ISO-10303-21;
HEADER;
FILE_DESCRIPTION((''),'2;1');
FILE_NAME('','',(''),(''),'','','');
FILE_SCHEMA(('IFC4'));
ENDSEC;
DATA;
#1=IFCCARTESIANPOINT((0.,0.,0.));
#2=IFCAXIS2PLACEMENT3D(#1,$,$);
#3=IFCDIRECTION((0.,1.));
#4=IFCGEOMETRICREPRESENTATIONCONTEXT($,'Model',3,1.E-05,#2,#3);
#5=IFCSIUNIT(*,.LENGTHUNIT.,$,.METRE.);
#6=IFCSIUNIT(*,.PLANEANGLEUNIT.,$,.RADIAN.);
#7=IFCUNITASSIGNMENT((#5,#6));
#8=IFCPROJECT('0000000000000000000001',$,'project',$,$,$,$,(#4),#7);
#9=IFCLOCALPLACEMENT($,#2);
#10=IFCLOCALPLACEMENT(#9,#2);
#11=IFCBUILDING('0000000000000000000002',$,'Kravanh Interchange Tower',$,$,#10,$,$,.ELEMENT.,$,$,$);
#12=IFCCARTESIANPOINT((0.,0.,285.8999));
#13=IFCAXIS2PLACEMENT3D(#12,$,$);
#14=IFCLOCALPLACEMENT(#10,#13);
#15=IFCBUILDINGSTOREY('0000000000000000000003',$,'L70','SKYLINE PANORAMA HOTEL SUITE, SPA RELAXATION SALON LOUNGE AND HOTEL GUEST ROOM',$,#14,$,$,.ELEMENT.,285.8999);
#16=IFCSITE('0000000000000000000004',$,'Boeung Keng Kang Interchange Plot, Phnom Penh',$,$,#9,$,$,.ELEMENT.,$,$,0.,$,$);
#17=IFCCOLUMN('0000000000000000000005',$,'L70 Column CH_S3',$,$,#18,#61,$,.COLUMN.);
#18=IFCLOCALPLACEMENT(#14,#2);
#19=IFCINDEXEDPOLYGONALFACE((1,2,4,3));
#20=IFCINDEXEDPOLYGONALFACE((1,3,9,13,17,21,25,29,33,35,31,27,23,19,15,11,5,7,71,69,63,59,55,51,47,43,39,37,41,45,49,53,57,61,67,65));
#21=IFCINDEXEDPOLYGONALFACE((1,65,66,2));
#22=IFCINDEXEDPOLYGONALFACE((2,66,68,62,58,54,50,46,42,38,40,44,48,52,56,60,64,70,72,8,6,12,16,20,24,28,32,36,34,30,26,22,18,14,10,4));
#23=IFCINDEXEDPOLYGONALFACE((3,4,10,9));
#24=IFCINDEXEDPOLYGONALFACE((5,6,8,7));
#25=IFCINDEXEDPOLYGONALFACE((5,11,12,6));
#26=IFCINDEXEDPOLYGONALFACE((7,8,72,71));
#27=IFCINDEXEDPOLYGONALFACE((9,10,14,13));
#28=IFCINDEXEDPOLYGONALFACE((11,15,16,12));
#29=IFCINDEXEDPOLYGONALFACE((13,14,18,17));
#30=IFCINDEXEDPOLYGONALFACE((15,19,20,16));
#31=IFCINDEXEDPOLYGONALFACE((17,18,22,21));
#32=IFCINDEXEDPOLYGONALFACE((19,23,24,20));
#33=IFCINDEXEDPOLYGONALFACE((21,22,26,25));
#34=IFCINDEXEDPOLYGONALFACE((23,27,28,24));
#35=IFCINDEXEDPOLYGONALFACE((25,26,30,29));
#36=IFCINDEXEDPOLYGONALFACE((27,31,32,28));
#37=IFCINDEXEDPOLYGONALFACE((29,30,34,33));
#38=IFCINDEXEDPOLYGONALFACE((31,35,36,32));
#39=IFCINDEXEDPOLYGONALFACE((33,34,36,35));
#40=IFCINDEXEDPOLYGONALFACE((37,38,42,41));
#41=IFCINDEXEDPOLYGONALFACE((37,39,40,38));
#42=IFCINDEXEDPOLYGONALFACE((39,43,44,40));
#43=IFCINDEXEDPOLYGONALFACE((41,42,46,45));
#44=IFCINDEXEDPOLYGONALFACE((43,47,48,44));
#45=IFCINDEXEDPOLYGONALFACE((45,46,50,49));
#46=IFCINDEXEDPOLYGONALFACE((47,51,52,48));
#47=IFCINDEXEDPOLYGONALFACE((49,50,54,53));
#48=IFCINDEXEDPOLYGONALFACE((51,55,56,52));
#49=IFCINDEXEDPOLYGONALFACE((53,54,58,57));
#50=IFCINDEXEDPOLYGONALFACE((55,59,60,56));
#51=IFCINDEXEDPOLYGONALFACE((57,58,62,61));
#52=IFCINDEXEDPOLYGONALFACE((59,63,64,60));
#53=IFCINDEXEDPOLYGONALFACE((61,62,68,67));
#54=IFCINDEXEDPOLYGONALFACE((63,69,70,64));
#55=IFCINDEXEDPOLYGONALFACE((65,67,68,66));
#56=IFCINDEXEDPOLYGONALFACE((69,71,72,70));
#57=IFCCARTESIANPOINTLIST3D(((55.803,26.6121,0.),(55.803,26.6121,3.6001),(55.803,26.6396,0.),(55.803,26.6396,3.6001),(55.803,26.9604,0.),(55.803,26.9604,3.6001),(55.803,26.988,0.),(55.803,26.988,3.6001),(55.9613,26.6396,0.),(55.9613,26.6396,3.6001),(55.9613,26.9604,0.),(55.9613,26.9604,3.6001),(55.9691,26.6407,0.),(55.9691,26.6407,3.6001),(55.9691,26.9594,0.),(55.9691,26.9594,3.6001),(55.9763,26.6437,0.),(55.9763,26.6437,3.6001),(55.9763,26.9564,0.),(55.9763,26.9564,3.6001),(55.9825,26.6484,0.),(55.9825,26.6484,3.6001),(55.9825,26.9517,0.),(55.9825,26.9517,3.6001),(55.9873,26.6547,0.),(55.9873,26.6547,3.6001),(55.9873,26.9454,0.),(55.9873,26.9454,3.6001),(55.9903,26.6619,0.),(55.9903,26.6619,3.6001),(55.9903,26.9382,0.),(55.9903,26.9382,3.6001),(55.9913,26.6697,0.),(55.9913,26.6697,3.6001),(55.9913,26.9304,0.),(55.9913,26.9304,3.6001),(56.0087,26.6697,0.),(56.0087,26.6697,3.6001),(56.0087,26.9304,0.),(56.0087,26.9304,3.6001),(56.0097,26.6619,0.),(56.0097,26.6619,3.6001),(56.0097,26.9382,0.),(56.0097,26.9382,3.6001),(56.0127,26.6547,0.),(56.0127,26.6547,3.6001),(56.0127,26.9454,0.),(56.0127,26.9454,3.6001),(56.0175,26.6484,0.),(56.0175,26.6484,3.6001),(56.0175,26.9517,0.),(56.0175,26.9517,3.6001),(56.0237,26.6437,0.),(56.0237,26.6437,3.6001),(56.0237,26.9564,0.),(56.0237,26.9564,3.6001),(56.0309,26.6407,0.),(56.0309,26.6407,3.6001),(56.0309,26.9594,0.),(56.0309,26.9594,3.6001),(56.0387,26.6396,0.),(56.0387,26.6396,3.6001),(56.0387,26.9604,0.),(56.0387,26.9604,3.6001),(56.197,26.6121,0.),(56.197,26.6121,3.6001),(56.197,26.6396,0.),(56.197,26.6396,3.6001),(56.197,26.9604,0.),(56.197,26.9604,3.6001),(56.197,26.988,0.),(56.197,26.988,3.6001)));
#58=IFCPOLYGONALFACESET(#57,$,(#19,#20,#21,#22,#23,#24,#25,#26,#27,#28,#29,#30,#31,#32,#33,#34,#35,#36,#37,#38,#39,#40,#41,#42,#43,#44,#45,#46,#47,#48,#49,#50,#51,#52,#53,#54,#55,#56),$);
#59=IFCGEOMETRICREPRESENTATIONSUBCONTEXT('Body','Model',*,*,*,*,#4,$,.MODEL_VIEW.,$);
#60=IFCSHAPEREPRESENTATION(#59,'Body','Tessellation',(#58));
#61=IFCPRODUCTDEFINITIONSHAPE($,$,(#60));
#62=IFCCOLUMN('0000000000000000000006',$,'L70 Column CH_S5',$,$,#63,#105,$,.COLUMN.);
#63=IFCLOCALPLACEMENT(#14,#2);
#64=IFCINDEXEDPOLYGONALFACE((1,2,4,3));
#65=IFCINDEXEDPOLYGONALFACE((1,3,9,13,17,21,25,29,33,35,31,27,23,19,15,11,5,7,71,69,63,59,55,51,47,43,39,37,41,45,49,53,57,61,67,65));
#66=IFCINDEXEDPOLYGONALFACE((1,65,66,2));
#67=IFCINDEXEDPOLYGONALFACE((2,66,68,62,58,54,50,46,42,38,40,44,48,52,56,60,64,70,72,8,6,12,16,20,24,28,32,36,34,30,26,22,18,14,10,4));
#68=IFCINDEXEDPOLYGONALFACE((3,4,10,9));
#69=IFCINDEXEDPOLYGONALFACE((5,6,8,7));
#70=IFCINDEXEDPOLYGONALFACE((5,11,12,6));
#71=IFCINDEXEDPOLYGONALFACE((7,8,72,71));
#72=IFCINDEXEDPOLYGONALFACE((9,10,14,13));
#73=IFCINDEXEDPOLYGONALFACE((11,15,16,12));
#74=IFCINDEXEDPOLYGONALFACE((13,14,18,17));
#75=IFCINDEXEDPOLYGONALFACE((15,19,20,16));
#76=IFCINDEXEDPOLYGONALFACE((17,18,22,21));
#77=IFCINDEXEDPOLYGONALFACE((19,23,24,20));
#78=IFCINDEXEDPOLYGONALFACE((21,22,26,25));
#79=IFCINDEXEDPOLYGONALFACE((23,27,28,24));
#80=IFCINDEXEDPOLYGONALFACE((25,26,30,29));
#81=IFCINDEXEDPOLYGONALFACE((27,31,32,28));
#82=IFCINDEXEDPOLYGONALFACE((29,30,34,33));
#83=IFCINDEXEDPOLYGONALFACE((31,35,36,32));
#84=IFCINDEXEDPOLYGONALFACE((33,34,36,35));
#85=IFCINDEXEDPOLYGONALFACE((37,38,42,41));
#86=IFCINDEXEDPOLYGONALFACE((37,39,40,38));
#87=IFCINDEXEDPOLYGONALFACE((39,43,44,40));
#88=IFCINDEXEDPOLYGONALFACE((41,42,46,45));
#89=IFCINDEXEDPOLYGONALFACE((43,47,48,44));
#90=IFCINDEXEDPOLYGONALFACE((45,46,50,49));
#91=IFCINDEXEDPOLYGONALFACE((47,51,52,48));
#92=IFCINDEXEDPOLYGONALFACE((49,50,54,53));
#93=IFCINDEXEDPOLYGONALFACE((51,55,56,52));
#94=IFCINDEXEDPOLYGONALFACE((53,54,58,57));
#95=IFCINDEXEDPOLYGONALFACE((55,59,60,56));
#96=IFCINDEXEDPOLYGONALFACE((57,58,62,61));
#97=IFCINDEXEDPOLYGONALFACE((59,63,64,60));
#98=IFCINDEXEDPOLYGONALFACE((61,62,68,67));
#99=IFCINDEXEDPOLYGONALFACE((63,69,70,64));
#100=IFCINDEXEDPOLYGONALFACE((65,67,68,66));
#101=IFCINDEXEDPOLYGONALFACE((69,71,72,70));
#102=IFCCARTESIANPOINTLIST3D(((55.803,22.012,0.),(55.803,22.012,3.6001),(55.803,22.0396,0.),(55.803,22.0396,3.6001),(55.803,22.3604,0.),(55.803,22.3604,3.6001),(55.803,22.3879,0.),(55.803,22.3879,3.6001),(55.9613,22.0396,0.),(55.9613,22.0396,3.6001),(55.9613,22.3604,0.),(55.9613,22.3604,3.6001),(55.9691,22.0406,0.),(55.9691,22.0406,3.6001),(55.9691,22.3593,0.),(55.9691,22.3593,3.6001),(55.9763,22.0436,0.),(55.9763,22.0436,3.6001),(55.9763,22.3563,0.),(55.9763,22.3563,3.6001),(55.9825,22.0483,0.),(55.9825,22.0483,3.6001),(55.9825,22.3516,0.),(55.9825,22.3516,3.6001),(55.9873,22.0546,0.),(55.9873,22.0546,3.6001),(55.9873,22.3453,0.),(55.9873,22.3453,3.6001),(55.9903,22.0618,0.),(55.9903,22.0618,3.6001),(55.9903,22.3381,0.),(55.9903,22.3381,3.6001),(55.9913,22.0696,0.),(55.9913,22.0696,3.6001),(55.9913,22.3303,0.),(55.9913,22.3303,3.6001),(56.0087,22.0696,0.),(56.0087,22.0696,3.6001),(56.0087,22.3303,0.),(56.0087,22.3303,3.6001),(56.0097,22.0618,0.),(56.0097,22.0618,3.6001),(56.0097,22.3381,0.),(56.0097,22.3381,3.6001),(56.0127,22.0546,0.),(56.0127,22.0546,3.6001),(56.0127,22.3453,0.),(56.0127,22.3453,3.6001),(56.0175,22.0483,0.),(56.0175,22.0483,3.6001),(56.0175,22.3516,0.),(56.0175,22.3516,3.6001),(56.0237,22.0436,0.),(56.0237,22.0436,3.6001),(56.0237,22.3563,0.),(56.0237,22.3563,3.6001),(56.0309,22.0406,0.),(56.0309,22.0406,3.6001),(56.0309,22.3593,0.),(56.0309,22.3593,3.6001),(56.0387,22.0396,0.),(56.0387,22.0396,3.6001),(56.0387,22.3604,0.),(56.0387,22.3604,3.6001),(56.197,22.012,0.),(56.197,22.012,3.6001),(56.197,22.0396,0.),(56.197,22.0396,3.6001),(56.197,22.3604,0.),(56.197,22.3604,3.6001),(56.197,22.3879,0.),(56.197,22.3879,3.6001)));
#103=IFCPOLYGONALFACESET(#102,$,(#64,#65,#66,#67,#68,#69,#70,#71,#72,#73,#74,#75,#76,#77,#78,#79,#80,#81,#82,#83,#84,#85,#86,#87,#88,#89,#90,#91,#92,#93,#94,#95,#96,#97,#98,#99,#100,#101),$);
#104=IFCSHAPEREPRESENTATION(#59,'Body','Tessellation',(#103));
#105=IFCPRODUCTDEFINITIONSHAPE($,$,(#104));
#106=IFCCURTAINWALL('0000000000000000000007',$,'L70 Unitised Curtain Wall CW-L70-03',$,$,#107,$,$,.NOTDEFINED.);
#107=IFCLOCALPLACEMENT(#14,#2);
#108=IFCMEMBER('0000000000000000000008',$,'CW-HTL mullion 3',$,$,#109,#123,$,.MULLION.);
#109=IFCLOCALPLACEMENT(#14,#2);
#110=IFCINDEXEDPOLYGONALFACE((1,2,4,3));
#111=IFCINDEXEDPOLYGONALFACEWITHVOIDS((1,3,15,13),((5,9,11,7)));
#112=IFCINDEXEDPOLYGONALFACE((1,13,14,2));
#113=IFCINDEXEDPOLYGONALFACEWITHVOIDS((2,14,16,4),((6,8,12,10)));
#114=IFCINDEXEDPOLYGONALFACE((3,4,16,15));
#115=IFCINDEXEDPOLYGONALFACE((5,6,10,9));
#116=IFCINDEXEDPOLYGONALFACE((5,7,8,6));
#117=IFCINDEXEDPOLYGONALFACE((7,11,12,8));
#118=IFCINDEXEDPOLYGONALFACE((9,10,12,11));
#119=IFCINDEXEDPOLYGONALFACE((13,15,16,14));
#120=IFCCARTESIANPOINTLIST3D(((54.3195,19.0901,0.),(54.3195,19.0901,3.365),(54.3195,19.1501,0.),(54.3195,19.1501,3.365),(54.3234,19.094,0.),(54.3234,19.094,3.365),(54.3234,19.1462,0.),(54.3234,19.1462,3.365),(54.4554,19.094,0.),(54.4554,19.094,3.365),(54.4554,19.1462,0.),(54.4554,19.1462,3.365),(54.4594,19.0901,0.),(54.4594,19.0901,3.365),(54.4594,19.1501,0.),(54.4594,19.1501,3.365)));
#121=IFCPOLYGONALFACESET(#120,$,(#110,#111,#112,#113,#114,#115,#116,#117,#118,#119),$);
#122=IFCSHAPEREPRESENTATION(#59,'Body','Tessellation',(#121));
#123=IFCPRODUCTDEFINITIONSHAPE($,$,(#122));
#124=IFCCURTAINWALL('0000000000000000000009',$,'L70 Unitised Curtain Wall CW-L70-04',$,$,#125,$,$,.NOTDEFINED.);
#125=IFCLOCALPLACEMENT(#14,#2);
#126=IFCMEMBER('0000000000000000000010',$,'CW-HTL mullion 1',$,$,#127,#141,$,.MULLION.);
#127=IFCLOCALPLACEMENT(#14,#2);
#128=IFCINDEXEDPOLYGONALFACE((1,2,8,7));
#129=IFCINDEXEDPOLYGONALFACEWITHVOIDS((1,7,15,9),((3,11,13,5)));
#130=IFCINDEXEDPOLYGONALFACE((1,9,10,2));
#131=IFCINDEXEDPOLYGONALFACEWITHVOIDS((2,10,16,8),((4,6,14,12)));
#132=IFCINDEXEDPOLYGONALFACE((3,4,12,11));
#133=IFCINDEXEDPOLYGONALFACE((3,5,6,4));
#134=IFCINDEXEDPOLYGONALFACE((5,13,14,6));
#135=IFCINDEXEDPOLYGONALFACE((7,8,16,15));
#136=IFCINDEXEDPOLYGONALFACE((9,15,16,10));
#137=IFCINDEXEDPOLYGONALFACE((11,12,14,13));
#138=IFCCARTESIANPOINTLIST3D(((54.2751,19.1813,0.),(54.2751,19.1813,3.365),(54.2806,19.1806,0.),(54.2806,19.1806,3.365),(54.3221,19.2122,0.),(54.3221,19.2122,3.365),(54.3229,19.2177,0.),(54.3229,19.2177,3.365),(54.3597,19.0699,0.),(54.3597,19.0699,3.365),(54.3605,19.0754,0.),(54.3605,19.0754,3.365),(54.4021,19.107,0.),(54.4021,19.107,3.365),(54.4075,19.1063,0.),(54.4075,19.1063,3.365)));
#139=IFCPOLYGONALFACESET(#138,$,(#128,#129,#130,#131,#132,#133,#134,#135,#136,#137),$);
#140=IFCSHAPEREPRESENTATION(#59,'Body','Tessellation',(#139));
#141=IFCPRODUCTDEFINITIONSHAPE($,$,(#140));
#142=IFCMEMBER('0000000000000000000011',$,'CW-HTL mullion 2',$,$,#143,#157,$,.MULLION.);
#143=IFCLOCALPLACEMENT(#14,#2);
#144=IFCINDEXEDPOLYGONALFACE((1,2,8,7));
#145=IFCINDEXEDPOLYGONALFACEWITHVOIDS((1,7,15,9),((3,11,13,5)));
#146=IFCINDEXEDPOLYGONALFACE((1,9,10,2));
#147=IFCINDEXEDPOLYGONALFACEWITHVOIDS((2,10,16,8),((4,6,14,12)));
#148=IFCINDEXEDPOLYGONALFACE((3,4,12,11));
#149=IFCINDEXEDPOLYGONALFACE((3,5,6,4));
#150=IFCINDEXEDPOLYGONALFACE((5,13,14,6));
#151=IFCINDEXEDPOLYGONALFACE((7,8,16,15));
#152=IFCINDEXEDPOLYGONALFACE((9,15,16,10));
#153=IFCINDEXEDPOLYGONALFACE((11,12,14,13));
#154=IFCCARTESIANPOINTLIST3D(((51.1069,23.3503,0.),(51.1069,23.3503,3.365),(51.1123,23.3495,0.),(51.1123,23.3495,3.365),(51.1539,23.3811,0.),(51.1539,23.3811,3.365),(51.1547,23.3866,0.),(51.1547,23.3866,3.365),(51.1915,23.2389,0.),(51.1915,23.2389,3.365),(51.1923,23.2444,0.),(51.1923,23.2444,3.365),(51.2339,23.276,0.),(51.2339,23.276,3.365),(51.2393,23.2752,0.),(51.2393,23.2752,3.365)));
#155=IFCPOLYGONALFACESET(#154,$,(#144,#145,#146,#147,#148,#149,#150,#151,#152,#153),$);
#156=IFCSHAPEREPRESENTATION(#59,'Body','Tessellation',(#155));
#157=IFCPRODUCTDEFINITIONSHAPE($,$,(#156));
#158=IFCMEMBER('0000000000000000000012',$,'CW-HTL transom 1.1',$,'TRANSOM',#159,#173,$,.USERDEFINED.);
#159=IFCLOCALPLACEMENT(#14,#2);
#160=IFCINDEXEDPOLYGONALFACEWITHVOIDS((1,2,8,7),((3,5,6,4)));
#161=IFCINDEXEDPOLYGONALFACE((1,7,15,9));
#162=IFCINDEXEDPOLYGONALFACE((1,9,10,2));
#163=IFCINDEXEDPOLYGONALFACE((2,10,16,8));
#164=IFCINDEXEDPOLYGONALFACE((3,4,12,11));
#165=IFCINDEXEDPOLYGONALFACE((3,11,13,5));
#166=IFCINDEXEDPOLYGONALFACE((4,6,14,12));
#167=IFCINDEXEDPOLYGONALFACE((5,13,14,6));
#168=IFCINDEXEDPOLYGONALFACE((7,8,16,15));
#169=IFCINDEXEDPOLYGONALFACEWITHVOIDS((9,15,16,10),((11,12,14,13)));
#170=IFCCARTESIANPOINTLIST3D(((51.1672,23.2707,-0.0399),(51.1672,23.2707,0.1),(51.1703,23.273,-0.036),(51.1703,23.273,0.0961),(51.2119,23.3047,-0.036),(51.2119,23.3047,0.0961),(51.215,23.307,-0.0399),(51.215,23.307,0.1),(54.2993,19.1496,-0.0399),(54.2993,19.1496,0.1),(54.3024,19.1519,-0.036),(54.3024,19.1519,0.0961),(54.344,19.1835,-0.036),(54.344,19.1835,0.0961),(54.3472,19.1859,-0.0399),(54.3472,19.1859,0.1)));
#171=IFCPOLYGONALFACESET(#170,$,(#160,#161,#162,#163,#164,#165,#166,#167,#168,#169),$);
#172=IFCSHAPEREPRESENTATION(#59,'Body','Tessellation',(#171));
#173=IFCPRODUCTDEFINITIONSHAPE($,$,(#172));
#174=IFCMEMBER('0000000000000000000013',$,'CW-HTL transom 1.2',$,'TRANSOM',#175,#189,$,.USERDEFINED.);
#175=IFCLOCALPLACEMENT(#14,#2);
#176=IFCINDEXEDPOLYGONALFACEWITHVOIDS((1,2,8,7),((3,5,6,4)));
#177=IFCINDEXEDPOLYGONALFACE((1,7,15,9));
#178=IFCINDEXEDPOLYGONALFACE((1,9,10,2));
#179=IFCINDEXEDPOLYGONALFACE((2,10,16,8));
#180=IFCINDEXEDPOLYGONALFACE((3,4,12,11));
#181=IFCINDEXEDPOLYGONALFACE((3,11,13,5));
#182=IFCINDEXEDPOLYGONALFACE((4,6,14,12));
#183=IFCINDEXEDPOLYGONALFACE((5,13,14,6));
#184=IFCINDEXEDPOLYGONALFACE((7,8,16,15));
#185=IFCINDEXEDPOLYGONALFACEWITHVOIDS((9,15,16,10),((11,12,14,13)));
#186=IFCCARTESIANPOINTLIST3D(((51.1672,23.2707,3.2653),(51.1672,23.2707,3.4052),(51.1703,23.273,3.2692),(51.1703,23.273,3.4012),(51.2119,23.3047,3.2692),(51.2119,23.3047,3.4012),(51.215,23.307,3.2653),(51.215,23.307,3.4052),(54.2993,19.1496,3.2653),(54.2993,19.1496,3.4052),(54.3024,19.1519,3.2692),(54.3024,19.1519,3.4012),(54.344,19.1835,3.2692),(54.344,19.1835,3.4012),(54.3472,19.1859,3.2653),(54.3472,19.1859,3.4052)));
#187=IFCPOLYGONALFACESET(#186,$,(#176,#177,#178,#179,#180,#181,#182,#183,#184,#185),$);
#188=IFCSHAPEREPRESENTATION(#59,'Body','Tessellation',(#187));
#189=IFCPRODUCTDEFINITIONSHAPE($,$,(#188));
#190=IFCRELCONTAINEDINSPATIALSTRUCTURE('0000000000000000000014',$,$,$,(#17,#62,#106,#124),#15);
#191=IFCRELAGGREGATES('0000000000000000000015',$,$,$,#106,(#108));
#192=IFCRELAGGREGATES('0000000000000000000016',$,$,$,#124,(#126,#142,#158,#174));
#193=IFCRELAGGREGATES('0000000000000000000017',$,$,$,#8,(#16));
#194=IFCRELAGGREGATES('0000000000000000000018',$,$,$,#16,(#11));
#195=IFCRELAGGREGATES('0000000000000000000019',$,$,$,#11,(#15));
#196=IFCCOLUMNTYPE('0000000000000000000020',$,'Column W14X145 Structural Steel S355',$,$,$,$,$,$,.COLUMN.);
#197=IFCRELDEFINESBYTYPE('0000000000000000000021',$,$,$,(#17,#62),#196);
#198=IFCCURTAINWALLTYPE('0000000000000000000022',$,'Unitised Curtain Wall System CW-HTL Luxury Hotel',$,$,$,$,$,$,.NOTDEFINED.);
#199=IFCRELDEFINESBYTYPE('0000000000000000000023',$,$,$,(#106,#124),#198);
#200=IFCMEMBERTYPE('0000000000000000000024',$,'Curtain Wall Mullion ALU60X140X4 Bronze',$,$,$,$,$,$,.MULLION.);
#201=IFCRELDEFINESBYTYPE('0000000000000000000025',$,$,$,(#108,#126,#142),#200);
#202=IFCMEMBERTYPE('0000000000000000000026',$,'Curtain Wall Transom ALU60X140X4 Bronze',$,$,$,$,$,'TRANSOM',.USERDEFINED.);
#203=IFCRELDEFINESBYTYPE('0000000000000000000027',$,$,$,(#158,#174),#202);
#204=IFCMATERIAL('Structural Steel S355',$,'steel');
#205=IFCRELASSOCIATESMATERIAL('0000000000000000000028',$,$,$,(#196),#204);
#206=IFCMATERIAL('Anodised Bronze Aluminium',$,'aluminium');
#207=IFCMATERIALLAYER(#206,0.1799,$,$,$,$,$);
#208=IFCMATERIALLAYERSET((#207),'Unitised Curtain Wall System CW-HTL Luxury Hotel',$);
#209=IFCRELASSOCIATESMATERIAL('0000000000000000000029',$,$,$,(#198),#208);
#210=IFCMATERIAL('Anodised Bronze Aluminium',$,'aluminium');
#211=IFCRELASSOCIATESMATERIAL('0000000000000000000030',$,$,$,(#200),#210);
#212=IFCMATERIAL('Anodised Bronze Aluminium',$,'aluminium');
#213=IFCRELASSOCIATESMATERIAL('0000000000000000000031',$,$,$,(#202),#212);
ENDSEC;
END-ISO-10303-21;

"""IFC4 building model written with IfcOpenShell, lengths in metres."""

from ifc_helpers import new_model, si_unit, direction, frame, origin, origin_2d, place, context, subcontext, project, spatial, hollow_rectangle, i_section, extrude, material, layer, layer_set, material_profile, profile_set, type_object, element, aggregate, save


model = new_model("IFC4")

# Units and contexts
model_context = context("Model", 3, precision=1e-05, world=origin(), true_north=direction((0.0, 1.0)))
body_context = subcontext(model_context, "Body", "Model", "MODEL_VIEW")
ifc_project = project(units=[si_unit("LENGTHUNIT", "METRE"), si_unit("PLANEANGLEUNIT", "RADIAN")], contexts=[model_context])

# Site, building, storey
site_placement = place(None, origin())
site = spatial("IfcSite", under=ifc_project, at=site_placement, Name="Boeung Keng Kang Interchange Plot, Phnom Penh", CompositionType="ELEMENT", RefElevation=0.0)
building_placement = place(site_placement, origin())
building = spatial("IfcBuilding", under=site, at=building_placement, Name="Kravanh Interchange Tower", CompositionType="ELEMENT")
storey_placement = place(building_placement, frame((0.0, 0.0, 285.8999)))
storey = spatial("IfcBuildingStorey", under=building, at=storey_placement, Name="L70", Description="SKYLINE PANORAMA HOTEL SUITE, SPA RELAXATION SALON LOUNGE AND HOTEL GUEST ROOM", CompositionType="ELEMENT", Elevation=285.8999)

# Columns
ifc_material_1 = material(Name="Structural Steel S355", Category="steel")
ifc_material_profile_1 = material_profile(ifc_material_1, i_section(OverallWidth=0.394, OverallDepth=0.376, WebThickness=0.0173, FlangeThickness=0.0276, FilletRadius=0.03, at=origin_2d()), Name="W14X145")
ifc_profile_set_1 = profile_set([ifc_material_profile_1], Name="Structural Steel S355")
column_type = type_object("IfcColumnType", Name="Column W14X145 Structural Steel S355", PredefinedType="COLUMN", material=ifc_profile_set_1)
for number, where, z_axis, x_axis, name in (
    (1, (56.0, 26.8, 0.0), (0.0, 0.0, 1.0), (1.0, 0.0, 0.0), "L70 Column CH_S3"),
    (2, (56.0, 22.2, 0.0), (0.0, 0.0, 1.0), (1.0, 0.0, 0.0), "L70 Column CH_S5"),
):
    element("IfcColumn", number, at=place(storey_placement, frame(where, z_axis=z_axis, x_axis=x_axis)), inside=storey, type_object=column_type, Name=name, PredefinedType="COLUMN", context=body_context, shape_type="SweptSolid", body=[
        extrude(i_section(OverallWidth=0.394, OverallDepth=0.376, WebThickness=0.0173, FlangeThickness=0.0276, FilletRadius=0.03, at=origin_2d()), origin(), (0.0, 0.0, 1.0), 3.6001),
    ])

# Curtain wall, member
ifc_material_2 = material(Name="Anodised Bronze Aluminium", Category="aluminium")
ifc_layer_1 = layer(ifc_material_2, 0.1799)
ifc_layer_set_1 = layer_set([ifc_layer_1], Name="Unitised Curtain Wall System CW-HTL Luxury Hotel")
curtain_wall_type = type_object("IfcCurtainWallType", Name="Unitised Curtain Wall System CW-HTL Luxury Hotel", PredefinedType="NOTDEFINED", material=ifc_layer_set_1)
curtain_wall_1_placement = place(storey_placement, origin())
curtain_wall_1 = element("IfcCurtainWall", 3, at=curtain_wall_1_placement, inside=storey, type_object=curtain_wall_type, Name="L70 Unitised Curtain Wall CW-L70-03", PredefinedType="NOTDEFINED")
ifc_material_3 = material(Name="Anodised Bronze Aluminium", Category="aluminium")
ifc_material_profile_2 = material_profile(ifc_material_3, hollow_rectangle(XDim=0.0601, YDim=0.1399, WallThickness=0.0039, at=origin_2d()), Name="ALU60X140X4")
ifc_profile_set_2 = profile_set([ifc_material_profile_2], Name="Anodised Bronze Aluminium")
member_type_1 = type_object("IfcMemberType", Name="Curtain Wall Mullion ALU60X140X4 Bronze", PredefinedType="MULLION", material=ifc_profile_set_2)
member_1_placement = place(storey_placement, frame((54.3894, 19.1201, 0.0), z_axis=(0.0, 0.0, 1.0), x_axis=(0.0, -1.0, 0.0)))
member_1 = element("IfcMember", 4, at=member_1_placement, type_object=member_type_1, Name="CW-HTL mullion 3", PredefinedType="MULLION", context=body_context, shape_type="SweptSolid", body=[
    extrude(hollow_rectangle(XDim=0.0601, YDim=0.1399, WallThickness=0.0039, at=origin_2d()), origin(), (0.0, 0.0, 1.0), 3.365),
])

# Curtain wall, members
curtain_wall_2_placement = place(storey_placement, origin())
curtain_wall_2 = element("IfcCurtainWall", 5, at=curtain_wall_2_placement, inside=storey, type_object=curtain_wall_type, Name="L70 Unitised Curtain Wall CW-L70-04", PredefinedType="NOTDEFINED")
member_2_placement = place(storey_placement, frame((54.3413, 19.1438, 0.0), z_axis=(0.0, 0.0, 1.0), x_axis=(-0.796162, -0.605083, 0.0)))
member_2 = element("IfcMember", 6, at=member_2_placement, type_object=member_type_1, Name="CW-HTL mullion 1", PredefinedType="MULLION", context=body_context, shape_type="SweptSolid", body=[
    extrude(hollow_rectangle(XDim=0.0601, YDim=0.1399, WallThickness=0.0039, at=origin_2d()), origin(), (0.0, 0.0, 1.0), 3.365),
])
member_3_placement = place(storey_placement, frame((51.1731, 23.3127, 0.0), z_axis=(0.0, 0.0, 1.0), x_axis=(-0.796162, -0.605083, 0.0)))
member_3 = element("IfcMember", 7, at=member_3_placement, type_object=member_type_1, Name="CW-HTL mullion 2", PredefinedType="MULLION", context=body_context, shape_type="SweptSolid", body=[
    extrude(hollow_rectangle(XDim=0.0601, YDim=0.1399, WallThickness=0.0039, at=origin_2d()), origin(), (0.0, 0.0, 1.0), 3.365),
])
ifc_material_4 = material(Name="Anodised Bronze Aluminium", Category="aluminium")
ifc_material_profile_3 = material_profile(ifc_material_4, hollow_rectangle(XDim=0.0601, YDim=0.1399, WallThickness=0.0039, at=origin_2d()), Name="ALU60X140X4")
ifc_profile_set_3 = profile_set([ifc_material_profile_3], Name="Anodised Bronze Aluminium")
member_type_2 = type_object("IfcMemberType", Name="Curtain Wall Transom ALU60X140X4 Bronze", ElementType="TRANSOM", PredefinedType="USERDEFINED", material=ifc_profile_set_3)
member_4_placement = place(storey_placement, frame((54.3232, 19.1677, 0.03), z_axis=(-0.605089, 0.796158, 0.0), x_axis=(-0.796158, -0.605089, 0.0)))
member_4 = element("IfcMember", 8, at=member_4_placement, type_object=member_type_2, Name="CW-HTL transom 1.1", ObjectType="TRANSOM", PredefinedType="USERDEFINED", context=body_context, shape_type="SweptSolid", body=[
    extrude(hollow_rectangle(XDim=0.0601, YDim=0.1399, WallThickness=0.0039, at=origin_2d()), origin(), (0.0, 0.0, 1.0), 5.1763),
])
member_5_placement = place(storey_placement, frame((54.3232, 19.1677, 3.3352), z_axis=(-0.605089, 0.796158, 0.0), x_axis=(-0.796158, -0.605089, 0.0)))
member_5 = element("IfcMember", 9, at=member_5_placement, type_object=member_type_2, Name="CW-HTL transom 1.2", ObjectType="TRANSOM", PredefinedType="USERDEFINED", context=body_context, shape_type="SweptSolid", body=[
    extrude(hollow_rectangle(XDim=0.0601, YDim=0.1399, WallThickness=0.0039, at=origin_2d()), origin(), (0.0, 0.0, 1.0), 5.1763),
])

aggregate(curtain_wall_1, [member_1])
aggregate(curtain_wall_2, [member_2, member_3, member_4, member_5])

save(model, "model.ifc")
